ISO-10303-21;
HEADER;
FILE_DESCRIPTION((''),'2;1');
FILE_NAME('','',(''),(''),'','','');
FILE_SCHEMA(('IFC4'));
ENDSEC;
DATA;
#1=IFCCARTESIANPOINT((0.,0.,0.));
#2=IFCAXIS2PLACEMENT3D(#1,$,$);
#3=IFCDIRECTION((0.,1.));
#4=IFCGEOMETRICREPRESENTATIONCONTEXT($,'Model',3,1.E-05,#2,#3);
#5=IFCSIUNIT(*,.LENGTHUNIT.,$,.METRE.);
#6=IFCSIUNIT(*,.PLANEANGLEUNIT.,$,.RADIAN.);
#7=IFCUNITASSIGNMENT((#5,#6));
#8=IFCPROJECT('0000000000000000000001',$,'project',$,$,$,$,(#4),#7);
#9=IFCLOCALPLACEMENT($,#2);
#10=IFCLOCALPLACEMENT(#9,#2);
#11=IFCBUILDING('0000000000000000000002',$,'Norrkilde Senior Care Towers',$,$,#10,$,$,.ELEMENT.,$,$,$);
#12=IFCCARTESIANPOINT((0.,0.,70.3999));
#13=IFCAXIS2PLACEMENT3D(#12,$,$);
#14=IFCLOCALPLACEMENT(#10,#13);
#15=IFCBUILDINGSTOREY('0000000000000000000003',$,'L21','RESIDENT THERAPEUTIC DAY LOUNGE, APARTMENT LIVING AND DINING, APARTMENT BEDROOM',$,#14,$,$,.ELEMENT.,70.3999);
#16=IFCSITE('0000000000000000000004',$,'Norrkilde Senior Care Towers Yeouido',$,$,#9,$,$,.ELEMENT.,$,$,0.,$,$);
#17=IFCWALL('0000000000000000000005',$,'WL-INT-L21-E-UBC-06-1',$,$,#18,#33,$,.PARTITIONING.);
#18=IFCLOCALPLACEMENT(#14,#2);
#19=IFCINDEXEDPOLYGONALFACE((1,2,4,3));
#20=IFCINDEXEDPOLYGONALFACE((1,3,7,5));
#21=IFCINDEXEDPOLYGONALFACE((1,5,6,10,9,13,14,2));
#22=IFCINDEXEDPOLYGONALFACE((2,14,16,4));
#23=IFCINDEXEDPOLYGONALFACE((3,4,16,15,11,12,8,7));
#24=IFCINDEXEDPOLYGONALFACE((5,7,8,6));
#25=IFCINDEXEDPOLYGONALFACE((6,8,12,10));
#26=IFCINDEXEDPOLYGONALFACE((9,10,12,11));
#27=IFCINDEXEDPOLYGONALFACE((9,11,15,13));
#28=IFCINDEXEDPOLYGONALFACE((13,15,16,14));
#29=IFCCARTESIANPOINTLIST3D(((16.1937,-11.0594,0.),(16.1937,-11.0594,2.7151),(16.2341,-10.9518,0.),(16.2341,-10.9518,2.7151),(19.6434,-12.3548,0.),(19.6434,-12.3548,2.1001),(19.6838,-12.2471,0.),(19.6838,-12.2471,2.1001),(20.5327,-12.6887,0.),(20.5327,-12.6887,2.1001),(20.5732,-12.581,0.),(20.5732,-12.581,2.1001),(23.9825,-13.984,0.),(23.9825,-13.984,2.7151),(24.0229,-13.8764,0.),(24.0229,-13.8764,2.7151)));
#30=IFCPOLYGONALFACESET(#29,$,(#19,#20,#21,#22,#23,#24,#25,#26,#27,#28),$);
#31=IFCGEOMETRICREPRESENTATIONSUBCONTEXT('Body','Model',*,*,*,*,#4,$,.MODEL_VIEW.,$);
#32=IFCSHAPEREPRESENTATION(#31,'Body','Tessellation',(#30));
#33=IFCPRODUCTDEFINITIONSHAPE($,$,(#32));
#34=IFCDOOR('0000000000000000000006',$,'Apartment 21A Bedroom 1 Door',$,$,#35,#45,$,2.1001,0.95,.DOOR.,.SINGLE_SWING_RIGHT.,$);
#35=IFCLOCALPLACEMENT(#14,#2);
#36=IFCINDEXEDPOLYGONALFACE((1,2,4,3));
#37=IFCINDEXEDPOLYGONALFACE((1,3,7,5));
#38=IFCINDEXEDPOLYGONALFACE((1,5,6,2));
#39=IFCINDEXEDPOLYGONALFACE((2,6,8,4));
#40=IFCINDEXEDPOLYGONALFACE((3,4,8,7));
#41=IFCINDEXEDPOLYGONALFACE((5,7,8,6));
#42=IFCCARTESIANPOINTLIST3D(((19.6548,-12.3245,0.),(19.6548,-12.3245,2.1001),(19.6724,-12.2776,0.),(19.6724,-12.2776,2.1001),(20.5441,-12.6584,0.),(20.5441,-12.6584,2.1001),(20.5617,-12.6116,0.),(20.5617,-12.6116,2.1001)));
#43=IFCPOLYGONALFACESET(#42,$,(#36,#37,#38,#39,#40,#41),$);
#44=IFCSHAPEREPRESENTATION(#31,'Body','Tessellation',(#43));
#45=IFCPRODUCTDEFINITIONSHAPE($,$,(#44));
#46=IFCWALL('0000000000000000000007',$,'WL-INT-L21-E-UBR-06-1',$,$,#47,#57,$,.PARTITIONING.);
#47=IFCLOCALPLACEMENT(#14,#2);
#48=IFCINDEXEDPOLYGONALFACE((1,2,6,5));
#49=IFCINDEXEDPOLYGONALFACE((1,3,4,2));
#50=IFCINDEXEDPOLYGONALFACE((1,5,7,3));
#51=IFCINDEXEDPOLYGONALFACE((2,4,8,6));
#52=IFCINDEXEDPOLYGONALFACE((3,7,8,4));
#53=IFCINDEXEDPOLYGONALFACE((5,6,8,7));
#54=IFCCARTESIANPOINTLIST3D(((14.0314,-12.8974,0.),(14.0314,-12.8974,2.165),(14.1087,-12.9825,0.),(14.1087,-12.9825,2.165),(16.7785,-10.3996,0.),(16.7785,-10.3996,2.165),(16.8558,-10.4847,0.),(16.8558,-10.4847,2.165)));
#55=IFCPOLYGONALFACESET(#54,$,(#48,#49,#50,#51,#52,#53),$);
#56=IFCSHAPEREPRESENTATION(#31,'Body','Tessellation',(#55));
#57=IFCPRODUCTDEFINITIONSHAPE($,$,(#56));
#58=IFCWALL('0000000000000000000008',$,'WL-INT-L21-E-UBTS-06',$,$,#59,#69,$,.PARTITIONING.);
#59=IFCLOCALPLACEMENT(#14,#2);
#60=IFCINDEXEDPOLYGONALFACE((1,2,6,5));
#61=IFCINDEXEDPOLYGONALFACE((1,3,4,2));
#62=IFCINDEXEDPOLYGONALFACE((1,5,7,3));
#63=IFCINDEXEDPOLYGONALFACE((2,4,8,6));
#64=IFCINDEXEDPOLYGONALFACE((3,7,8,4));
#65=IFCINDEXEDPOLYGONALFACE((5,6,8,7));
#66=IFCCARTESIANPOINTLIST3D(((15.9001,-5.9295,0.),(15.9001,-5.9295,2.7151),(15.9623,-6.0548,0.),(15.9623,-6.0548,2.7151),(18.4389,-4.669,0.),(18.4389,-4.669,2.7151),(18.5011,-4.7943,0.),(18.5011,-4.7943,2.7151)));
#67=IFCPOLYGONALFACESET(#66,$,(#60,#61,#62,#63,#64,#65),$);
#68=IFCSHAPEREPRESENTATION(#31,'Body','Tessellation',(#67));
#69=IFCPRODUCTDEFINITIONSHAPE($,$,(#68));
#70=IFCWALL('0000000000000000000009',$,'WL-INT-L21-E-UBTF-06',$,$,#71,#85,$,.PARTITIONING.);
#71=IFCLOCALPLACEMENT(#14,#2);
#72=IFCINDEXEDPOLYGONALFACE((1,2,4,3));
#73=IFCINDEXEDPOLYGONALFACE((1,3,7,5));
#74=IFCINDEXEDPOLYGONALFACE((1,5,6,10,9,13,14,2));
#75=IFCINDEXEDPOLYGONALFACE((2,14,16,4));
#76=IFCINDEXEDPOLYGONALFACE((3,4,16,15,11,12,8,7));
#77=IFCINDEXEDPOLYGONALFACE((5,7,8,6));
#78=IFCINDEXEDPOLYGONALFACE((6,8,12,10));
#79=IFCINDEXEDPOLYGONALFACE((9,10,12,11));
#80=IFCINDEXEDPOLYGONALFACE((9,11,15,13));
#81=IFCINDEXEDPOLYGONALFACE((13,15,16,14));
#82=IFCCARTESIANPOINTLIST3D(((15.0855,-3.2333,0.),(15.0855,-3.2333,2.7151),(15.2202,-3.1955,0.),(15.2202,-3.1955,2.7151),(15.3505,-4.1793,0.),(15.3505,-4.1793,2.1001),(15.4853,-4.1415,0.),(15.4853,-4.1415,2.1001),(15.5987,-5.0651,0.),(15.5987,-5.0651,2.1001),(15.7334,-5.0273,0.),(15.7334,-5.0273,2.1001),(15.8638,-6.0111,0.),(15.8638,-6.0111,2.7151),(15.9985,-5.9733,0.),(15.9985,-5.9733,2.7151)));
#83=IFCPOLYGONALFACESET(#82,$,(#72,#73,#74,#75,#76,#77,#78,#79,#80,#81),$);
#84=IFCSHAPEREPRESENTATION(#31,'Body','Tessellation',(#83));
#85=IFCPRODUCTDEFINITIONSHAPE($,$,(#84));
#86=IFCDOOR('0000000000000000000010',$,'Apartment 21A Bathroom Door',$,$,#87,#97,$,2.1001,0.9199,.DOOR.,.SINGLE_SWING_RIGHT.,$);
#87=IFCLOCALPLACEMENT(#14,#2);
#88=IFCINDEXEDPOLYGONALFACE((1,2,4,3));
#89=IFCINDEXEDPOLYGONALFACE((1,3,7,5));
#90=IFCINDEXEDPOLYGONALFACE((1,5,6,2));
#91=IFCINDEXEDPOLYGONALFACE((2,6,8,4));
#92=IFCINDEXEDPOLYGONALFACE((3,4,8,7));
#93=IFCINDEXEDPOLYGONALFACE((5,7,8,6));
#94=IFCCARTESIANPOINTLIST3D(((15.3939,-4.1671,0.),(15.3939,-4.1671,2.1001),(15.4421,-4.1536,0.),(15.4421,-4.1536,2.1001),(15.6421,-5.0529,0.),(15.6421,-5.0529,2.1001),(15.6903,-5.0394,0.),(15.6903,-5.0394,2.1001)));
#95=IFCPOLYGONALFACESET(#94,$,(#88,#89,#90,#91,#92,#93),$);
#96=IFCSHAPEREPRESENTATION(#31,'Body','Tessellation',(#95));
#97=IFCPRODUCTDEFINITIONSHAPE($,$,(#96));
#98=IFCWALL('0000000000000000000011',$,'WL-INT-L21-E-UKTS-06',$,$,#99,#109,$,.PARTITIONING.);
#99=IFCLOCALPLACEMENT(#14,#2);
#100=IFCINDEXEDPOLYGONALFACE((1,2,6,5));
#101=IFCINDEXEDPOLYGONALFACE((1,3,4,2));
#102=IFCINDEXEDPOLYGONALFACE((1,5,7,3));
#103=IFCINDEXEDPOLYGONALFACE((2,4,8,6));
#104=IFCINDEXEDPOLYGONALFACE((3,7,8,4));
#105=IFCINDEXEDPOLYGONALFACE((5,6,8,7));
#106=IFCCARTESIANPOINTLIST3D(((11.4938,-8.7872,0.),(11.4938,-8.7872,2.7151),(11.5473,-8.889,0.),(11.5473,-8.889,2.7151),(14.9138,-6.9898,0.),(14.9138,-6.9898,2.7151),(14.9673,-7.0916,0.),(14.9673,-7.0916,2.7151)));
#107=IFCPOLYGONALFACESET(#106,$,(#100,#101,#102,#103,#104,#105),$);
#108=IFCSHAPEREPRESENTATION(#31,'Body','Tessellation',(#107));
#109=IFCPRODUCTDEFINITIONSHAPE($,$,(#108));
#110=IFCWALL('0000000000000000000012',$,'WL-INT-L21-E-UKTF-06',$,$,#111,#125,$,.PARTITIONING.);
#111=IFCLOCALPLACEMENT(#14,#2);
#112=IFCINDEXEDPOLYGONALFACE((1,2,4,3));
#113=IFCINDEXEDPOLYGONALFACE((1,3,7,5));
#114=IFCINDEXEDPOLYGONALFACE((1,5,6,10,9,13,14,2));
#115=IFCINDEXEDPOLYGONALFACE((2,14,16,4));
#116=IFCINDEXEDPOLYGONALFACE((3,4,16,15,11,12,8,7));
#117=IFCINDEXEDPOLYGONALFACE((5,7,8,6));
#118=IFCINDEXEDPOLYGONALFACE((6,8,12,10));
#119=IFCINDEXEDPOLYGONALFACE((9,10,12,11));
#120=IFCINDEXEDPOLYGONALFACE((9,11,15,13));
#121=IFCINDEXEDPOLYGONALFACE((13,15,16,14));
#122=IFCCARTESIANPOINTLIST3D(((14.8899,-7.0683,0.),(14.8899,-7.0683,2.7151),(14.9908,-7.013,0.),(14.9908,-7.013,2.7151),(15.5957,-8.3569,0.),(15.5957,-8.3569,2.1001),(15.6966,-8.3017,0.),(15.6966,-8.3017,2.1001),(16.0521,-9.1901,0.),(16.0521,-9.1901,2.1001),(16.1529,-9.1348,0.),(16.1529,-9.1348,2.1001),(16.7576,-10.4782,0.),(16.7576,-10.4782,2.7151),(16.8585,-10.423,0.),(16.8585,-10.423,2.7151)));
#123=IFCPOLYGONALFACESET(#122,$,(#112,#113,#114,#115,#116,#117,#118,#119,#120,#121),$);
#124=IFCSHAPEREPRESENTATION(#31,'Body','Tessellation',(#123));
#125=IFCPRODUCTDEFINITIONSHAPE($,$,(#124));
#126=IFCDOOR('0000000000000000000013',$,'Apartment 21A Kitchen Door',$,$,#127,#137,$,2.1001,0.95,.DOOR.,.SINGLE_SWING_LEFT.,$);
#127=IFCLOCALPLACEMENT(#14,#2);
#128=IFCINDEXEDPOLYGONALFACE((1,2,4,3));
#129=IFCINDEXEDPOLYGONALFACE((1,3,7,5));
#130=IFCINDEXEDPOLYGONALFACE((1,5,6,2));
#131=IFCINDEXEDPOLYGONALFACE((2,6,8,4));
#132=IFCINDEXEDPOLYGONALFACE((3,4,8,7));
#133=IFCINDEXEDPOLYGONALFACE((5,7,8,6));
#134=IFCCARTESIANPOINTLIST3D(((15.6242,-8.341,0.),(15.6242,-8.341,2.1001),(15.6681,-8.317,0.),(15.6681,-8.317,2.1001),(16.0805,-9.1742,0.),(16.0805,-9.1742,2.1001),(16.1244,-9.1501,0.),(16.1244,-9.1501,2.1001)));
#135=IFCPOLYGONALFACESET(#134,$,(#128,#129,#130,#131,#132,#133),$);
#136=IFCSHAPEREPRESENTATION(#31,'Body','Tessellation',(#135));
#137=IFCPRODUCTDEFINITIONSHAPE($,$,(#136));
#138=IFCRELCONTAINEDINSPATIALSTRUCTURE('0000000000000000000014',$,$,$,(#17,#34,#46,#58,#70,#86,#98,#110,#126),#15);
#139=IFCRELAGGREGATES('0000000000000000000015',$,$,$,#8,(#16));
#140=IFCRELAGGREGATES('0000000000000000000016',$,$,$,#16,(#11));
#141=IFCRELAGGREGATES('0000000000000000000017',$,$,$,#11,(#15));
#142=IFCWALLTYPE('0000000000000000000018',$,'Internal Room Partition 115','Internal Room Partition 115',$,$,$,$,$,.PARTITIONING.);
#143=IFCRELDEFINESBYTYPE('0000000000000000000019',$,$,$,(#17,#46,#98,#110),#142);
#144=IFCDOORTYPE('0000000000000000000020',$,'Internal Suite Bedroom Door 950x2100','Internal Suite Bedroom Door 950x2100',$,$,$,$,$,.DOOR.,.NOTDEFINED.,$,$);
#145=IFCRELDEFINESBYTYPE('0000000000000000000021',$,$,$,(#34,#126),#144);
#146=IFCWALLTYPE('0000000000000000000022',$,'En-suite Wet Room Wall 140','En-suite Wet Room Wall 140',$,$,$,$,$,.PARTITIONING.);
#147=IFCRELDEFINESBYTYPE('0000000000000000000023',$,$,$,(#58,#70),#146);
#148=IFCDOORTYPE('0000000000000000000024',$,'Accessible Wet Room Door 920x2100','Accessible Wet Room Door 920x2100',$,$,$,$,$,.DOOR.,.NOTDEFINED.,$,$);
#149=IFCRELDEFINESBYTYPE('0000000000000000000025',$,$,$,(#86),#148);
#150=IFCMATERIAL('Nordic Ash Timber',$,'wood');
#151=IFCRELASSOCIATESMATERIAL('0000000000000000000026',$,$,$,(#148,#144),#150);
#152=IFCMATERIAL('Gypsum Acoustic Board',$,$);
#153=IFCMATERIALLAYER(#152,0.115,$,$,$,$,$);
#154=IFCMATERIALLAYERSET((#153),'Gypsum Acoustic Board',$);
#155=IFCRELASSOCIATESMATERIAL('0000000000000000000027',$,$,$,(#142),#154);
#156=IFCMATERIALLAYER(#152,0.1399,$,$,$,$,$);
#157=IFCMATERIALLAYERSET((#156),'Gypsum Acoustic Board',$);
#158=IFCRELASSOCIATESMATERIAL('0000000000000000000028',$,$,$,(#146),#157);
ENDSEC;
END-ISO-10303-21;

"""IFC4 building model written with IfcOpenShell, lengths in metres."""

from ifc_helpers import new_model, si_unit, direction, frame, frame_2d, origin, place, context, subcontext, project, spatial, rectangle, extrude, source, transform, mapped, material, layer, layer_set, type_object, type_shapes, element, fill, save


model = new_model("IFC4")

# Units and contexts
model_context = context("Model", 3, precision=1e-05, world=origin(), true_north=direction((0.0, 1.0)))
body_context = subcontext(model_context, "Body", "Model", "MODEL_VIEW")
ifc_project = project(units=[si_unit("LENGTHUNIT", "METRE"), si_unit("PLANEANGLEUNIT", "RADIAN")], contexts=[model_context])

# Site, building, storey
site_placement = place(None, origin())
site = spatial("IfcSite", under=ifc_project, at=site_placement, Name="Norrkilde Senior Care Towers Yeouido", CompositionType="ELEMENT", RefElevation=0.0)
building_placement = place(site_placement, origin())
building = spatial("IfcBuilding", under=site, at=building_placement, Name="Norrkilde Senior Care Towers", CompositionType="ELEMENT")
storey_placement = place(building_placement, frame((0.0, 0.0, 70.3999)))
storey = spatial("IfcBuildingStorey", under=building, at=storey_placement, Name="L21", Description="RESIDENT THERAPEUTIC DAY LOUNGE, APARTMENT LIVING AND DINING, APARTMENT BEDROOM", CompositionType="ELEMENT", Elevation=70.3999)

# Shared definitions
ifc_material_1 = material(Name="Gypsum Acoustic Board")
ifc_material_2 = material(Name="Nordic Ash Timber", Category="wood")
door_type_1 = type_object("IfcDoorType", Name="Accessible Wet Room Door 920x2100", Description="Accessible Wet Room Door 920x2100", OperationType="NOTDEFINED", PredefinedType="DOOR", material=ifc_material_2)
shared_shape_1 = source(origin(), body_context, "Body", "SweptSolid", [
    extrude(rectangle(XDim=0.9199, YDim=2.1001, at=frame_2d((0.46, 1.05))), frame((0.0, 0.0249, 0.0), z_axis=(0.0, -1.0, 0.0), x_axis=(1.0, 0.0, 0.0)), (0.0, 0.0, 1.0), 0.05),
])
type_shapes(door_type_1, [shared_shape_1])

# Wall, opening, door
ifc_layer_1 = layer(ifc_material_1, 0.115)
ifc_layer_set_1 = layer_set([ifc_layer_1], Name="Gypsum Acoustic Board")
wall_type_1 = type_object("IfcWallType", Name="Internal Room Partition 115", Description="Internal Room Partition 115", PredefinedType="PARTITIONING", material=ifc_layer_set_1)
shared_shape_2 = source(origin(), body_context, "Body", "SweptSolid", [
    extrude(rectangle(XDim=8.3198, YDim=0.115, at=frame_2d((4.1599, 0.0))), origin(), (0.0, 0.0, 1.0), 2.7151),
])
wall_1_placement = place(storey_placement, frame((16.2139, -11.0056, 0.0), z_axis=(0.0, 0.0, 1.0), x_axis=(0.936181, -0.351519, 0.0)))
wall_1 = element("IfcWall", 1, at=wall_1_placement, inside=storey, type_object=wall_type_1, Name="WL-INT-L21-E-UBC-06-1", PredefinedType="PARTITIONING", context=body_context, shape_type="MappedRepresentation", body=[
    mapped(shared_shape_2, transform((0.0, 0.0, 0.0), x_axis=(1.0, 0.0, 0.0), y_axis=(0.0, 1.0, 0.0), z_axis=(0.0, 0.0, 1.0), scale=1.0)),
])
opening_1_placement = place(wall_1_placement, frame((3.6848, 0.0, 0.0)))
opening_1 = element("IfcOpeningElement", 2, at=opening_1_placement, cuts=wall_1, PredefinedType="OPENING", context=body_context, shape_type="SweptSolid", body=[
    extrude(rectangle(XDim=0.95, YDim=2.1001, at=frame_2d((0.4751, 1.05))), frame((0.0, 0.0674, 0.0), z_axis=(0.0, -1.0, 0.0), x_axis=(1.0, 0.0, 0.0)), (0.0, 0.0, 1.0), 0.135),
])
door_type_2 = type_object("IfcDoorType", Name="Internal Suite Bedroom Door 950x2100", Description="Internal Suite Bedroom Door 950x2100", OperationType="NOTDEFINED", PredefinedType="DOOR", material=ifc_material_2)
shared_shape_3 = source(origin(), body_context, "Body", "SweptSolid", [
    extrude(rectangle(XDim=0.95, YDim=2.1001, at=frame_2d((0.4751, 1.05))), frame((0.0, 0.0249, 0.0), z_axis=(0.0, -1.0, 0.0), x_axis=(1.0, 0.0, 0.0)), (0.0, 0.0, 1.0), 0.05),
])
type_shapes(door_type_2, [shared_shape_3])
door_1_placement = place(opening_1_placement, origin())
door_1 = element("IfcDoor", 3, at=door_1_placement, inside=storey, type_object=door_type_2, Name="Apartment 21A Bedroom 1 Door", OperationType="SINGLE_SWING_RIGHT", OverallHeight=2.1001, OverallWidth=0.95, PredefinedType="DOOR", context=body_context, shape_type="MappedRepresentation", body=[
    mapped(shared_shape_3, transform((0.0, 0.0, 0.0), x_axis=(1.0, 0.0, 0.0), y_axis=(0.0, 1.0, 0.0), z_axis=(0.0, 0.0, 1.0), scale=1.0)),
])
fill(opening_1, door_1)

# Walls
shared_shape_4 = source(origin(), body_context, "Body", "SweptSolid", [
    extrude(rectangle(XDim=3.7129, YDim=0.115, at=frame_2d((1.8564, 0.0))), origin(), (0.0, 0.0, 1.0), 2.165),
])
wall_2_placement = place(storey_placement, frame((16.8171, -10.4421, 0.0), z_axis=(0.0, 0.0, 1.0), x_axis=(-0.739878, -0.672742, 0.0)))
element("IfcWall", 4, at=wall_2_placement, inside=storey, type_object=wall_type_1, Name="WL-INT-L21-E-UBR-06-1", PredefinedType="PARTITIONING", context=body_context, shape_type="MappedRepresentation", body=[
    mapped(shared_shape_4, transform((0.0, 0.0, 0.0), x_axis=(1.0, 0.0, 0.0), y_axis=(0.0, 1.0, 0.0), z_axis=(0.0, 0.0, 1.0), scale=1.0)),
])
ifc_layer_2 = layer(ifc_material_1, 0.1399)
ifc_layer_set_2 = layer_set([ifc_layer_2], Name="Gypsum Acoustic Board")
wall_type_2 = type_object("IfcWallType", Name="En-suite Wet Room Wall 140", Description="En-suite Wet Room Wall 140", PredefinedType="PARTITIONING", material=ifc_layer_set_2)
shared_shape_5 = source(origin(), body_context, "Body", "SweptSolid", [
    extrude(rectangle(XDim=2.8345, YDim=0.1399, at=frame_2d((1.4172, 0.0))), origin(), (0.0, 0.0, 1.0), 2.7151),
])
wall_3_placement = place(storey_placement, frame((18.47, -4.7317, 0.0), z_axis=(0.0, 0.0, 1.0), x_axis=(-0.895681, -0.444697, 0.0)))
element("IfcWall", 5, at=wall_3_placement, inside=storey, type_object=wall_type_2, Name="WL-INT-L21-E-UBTS-06", PredefinedType="PARTITIONING", context=body_context, shape_type="MappedRepresentation", body=[
    mapped(shared_shape_5, transform((0.0, 0.0, 0.0), x_axis=(1.0, 0.0, 0.0), y_axis=(0.0, 1.0, 0.0), z_axis=(0.0, 0.0, 1.0), scale=1.0)),
])

# Wall, opening, door
shared_shape_6 = source(origin(), body_context, "Body", "SweptSolid", [
    extrude(rectangle(XDim=2.8848, YDim=0.1399, at=frame_2d((1.4424, 0.0))), origin(), (0.0, 0.0, 1.0), 2.7151),
])
type_shapes(wall_type_2, [shared_shape_5, shared_shape_6])
wall_4_placement = place(storey_placement, frame((15.9312, -5.9922, 0.0), z_axis=(0.0, 0.0, 1.0), x_axis=(-0.269799, 0.962917, 0.0)))
wall_4 = element("IfcWall", 6, at=wall_4_placement, inside=storey, type_object=wall_type_2, Name="WL-INT-L21-E-UBTF-06", PredefinedType="PARTITIONING", context=body_context, shape_type="MappedRepresentation", body=[
    mapped(shared_shape_6, transform((0.0, 0.0, 0.0), x_axis=(1.0, 0.0, 0.0), y_axis=(0.0, 1.0, 0.0), z_axis=(0.0, 0.0, 1.0), scale=1.0)),
])
opening_2_placement = place(wall_4_placement, frame((0.9824, 0.0, 0.0)))
opening_2 = element("IfcOpeningElement", 7, at=opening_2_placement, cuts=wall_4, PredefinedType="OPENING", context=body_context, shape_type="SweptSolid", body=[
    extrude(rectangle(XDim=0.9199, YDim=2.1001, at=frame_2d((0.46, 1.05))), frame((0.0, 0.0798, 0.0), z_axis=(0.0, -1.0, 0.0), x_axis=(1.0, 0.0, 0.0)), (0.0, 0.0, 1.0), 0.1599),
])
door_2_placement = place(opening_2_placement, origin())
door_2 = element("IfcDoor", 8, at=door_2_placement, inside=storey, type_object=door_type_1, Name="Apartment 21A Bathroom Door", OperationType="SINGLE_SWING_RIGHT", OverallHeight=2.1001, OverallWidth=0.9199, PredefinedType="DOOR", context=body_context, shape_type="MappedRepresentation", body=[
    mapped(shared_shape_1, transform((0.0, 0.0, 0.0), x_axis=(1.0, 0.0, 0.0), y_axis=(0.0, 1.0, 0.0), z_axis=(0.0, 0.0, 1.0), scale=1.0)),
])
fill(opening_2, door_2)

# Wall
shared_shape_7 = source(origin(), body_context, "Body", "SweptSolid", [
    extrude(rectangle(XDim=3.8635, YDim=0.115, at=frame_2d((1.9316, 0.0))), origin(), (0.0, 0.0, 1.0), 2.7151),
])
wall_5_placement = place(storey_placement, frame((14.9404, -7.0408, 0.0), z_axis=(0.0, 0.0, 1.0), x_axis=(-0.885195, -0.46522, 0.0)))
element("IfcWall", 9, at=wall_5_placement, inside=storey, type_object=wall_type_1, Name="WL-INT-L21-E-UKTS-06", PredefinedType="PARTITIONING", context=body_context, shape_type="MappedRepresentation", body=[
    mapped(shared_shape_7, transform((0.0, 0.0, 0.0), x_axis=(1.0, 0.0, 0.0), y_axis=(0.0, 1.0, 0.0), z_axis=(0.0, 0.0, 1.0), scale=1.0)),
])

# Wall, opening, door
shared_shape_8 = source(origin(), body_context, "Body", "SweptSolid", [
    extrude(rectangle(XDim=3.8879, YDim=0.115, at=frame_2d((1.9438, 0.0))), origin(), (0.0, 0.0, 1.0), 2.7151),
])
type_shapes(wall_type_1, [shared_shape_2, shared_shape_4, shared_shape_7, shared_shape_8])
wall_6_placement = place(storey_placement, frame((14.9404, -7.0408, 0.0), z_axis=(0.0, 0.0, 1.0), x_axis=(0.480382, -0.877059, 0.0)))
wall_6 = element("IfcWall", 10, at=wall_6_placement, inside=storey, type_object=wall_type_1, Name="WL-INT-L21-E-UKTF-06", PredefinedType="PARTITIONING", context=body_context, shape_type="MappedRepresentation", body=[
    mapped(shared_shape_8, transform((0.0, 0.0, 0.0), x_axis=(1.0, 0.0, 0.0), y_axis=(0.0, 1.0, 0.0), z_axis=(0.0, 0.0, 1.0), scale=1.0)),
])
opening_3_placement = place(wall_6_placement, frame((1.469, 0.0, 0.0)))
opening_3 = element("IfcOpeningElement", 11, at=opening_3_placement, cuts=wall_6, PredefinedType="OPENING", context=body_context, shape_type="SweptSolid", body=[
    extrude(rectangle(XDim=0.95, YDim=2.1001, at=frame_2d((0.4751, 1.05))), frame((0.0, 0.0674, 0.0), z_axis=(0.0, -1.0, 0.0), x_axis=(1.0, 0.0, 0.0)), (0.0, 0.0, 1.0), 0.135),
])
door_3_placement = place(opening_3_placement, frame((0.95, 0.0, 0.0), z_axis=(0.0, 0.0, 1.0), x_axis=(-1.0, 0.0, 0.0)))
door_3 = element("IfcDoor", 12, at=door_3_placement, inside=storey, type_object=door_type_2, Name="Apartment 21A Kitchen Door", OperationType="SINGLE_SWING_LEFT", OverallHeight=2.1001, OverallWidth=0.95, PredefinedType="DOOR", context=body_context, shape_type="MappedRepresentation", body=[
    mapped(shared_shape_3, transform((0.0, 0.0, 0.0), x_axis=(1.0, 0.0, 0.0), y_axis=(0.0, 1.0, 0.0), z_axis=(0.0, 0.0, 1.0), scale=1.0)),
])
fill(opening_3, door_3)

save(model, "model.ifc")
